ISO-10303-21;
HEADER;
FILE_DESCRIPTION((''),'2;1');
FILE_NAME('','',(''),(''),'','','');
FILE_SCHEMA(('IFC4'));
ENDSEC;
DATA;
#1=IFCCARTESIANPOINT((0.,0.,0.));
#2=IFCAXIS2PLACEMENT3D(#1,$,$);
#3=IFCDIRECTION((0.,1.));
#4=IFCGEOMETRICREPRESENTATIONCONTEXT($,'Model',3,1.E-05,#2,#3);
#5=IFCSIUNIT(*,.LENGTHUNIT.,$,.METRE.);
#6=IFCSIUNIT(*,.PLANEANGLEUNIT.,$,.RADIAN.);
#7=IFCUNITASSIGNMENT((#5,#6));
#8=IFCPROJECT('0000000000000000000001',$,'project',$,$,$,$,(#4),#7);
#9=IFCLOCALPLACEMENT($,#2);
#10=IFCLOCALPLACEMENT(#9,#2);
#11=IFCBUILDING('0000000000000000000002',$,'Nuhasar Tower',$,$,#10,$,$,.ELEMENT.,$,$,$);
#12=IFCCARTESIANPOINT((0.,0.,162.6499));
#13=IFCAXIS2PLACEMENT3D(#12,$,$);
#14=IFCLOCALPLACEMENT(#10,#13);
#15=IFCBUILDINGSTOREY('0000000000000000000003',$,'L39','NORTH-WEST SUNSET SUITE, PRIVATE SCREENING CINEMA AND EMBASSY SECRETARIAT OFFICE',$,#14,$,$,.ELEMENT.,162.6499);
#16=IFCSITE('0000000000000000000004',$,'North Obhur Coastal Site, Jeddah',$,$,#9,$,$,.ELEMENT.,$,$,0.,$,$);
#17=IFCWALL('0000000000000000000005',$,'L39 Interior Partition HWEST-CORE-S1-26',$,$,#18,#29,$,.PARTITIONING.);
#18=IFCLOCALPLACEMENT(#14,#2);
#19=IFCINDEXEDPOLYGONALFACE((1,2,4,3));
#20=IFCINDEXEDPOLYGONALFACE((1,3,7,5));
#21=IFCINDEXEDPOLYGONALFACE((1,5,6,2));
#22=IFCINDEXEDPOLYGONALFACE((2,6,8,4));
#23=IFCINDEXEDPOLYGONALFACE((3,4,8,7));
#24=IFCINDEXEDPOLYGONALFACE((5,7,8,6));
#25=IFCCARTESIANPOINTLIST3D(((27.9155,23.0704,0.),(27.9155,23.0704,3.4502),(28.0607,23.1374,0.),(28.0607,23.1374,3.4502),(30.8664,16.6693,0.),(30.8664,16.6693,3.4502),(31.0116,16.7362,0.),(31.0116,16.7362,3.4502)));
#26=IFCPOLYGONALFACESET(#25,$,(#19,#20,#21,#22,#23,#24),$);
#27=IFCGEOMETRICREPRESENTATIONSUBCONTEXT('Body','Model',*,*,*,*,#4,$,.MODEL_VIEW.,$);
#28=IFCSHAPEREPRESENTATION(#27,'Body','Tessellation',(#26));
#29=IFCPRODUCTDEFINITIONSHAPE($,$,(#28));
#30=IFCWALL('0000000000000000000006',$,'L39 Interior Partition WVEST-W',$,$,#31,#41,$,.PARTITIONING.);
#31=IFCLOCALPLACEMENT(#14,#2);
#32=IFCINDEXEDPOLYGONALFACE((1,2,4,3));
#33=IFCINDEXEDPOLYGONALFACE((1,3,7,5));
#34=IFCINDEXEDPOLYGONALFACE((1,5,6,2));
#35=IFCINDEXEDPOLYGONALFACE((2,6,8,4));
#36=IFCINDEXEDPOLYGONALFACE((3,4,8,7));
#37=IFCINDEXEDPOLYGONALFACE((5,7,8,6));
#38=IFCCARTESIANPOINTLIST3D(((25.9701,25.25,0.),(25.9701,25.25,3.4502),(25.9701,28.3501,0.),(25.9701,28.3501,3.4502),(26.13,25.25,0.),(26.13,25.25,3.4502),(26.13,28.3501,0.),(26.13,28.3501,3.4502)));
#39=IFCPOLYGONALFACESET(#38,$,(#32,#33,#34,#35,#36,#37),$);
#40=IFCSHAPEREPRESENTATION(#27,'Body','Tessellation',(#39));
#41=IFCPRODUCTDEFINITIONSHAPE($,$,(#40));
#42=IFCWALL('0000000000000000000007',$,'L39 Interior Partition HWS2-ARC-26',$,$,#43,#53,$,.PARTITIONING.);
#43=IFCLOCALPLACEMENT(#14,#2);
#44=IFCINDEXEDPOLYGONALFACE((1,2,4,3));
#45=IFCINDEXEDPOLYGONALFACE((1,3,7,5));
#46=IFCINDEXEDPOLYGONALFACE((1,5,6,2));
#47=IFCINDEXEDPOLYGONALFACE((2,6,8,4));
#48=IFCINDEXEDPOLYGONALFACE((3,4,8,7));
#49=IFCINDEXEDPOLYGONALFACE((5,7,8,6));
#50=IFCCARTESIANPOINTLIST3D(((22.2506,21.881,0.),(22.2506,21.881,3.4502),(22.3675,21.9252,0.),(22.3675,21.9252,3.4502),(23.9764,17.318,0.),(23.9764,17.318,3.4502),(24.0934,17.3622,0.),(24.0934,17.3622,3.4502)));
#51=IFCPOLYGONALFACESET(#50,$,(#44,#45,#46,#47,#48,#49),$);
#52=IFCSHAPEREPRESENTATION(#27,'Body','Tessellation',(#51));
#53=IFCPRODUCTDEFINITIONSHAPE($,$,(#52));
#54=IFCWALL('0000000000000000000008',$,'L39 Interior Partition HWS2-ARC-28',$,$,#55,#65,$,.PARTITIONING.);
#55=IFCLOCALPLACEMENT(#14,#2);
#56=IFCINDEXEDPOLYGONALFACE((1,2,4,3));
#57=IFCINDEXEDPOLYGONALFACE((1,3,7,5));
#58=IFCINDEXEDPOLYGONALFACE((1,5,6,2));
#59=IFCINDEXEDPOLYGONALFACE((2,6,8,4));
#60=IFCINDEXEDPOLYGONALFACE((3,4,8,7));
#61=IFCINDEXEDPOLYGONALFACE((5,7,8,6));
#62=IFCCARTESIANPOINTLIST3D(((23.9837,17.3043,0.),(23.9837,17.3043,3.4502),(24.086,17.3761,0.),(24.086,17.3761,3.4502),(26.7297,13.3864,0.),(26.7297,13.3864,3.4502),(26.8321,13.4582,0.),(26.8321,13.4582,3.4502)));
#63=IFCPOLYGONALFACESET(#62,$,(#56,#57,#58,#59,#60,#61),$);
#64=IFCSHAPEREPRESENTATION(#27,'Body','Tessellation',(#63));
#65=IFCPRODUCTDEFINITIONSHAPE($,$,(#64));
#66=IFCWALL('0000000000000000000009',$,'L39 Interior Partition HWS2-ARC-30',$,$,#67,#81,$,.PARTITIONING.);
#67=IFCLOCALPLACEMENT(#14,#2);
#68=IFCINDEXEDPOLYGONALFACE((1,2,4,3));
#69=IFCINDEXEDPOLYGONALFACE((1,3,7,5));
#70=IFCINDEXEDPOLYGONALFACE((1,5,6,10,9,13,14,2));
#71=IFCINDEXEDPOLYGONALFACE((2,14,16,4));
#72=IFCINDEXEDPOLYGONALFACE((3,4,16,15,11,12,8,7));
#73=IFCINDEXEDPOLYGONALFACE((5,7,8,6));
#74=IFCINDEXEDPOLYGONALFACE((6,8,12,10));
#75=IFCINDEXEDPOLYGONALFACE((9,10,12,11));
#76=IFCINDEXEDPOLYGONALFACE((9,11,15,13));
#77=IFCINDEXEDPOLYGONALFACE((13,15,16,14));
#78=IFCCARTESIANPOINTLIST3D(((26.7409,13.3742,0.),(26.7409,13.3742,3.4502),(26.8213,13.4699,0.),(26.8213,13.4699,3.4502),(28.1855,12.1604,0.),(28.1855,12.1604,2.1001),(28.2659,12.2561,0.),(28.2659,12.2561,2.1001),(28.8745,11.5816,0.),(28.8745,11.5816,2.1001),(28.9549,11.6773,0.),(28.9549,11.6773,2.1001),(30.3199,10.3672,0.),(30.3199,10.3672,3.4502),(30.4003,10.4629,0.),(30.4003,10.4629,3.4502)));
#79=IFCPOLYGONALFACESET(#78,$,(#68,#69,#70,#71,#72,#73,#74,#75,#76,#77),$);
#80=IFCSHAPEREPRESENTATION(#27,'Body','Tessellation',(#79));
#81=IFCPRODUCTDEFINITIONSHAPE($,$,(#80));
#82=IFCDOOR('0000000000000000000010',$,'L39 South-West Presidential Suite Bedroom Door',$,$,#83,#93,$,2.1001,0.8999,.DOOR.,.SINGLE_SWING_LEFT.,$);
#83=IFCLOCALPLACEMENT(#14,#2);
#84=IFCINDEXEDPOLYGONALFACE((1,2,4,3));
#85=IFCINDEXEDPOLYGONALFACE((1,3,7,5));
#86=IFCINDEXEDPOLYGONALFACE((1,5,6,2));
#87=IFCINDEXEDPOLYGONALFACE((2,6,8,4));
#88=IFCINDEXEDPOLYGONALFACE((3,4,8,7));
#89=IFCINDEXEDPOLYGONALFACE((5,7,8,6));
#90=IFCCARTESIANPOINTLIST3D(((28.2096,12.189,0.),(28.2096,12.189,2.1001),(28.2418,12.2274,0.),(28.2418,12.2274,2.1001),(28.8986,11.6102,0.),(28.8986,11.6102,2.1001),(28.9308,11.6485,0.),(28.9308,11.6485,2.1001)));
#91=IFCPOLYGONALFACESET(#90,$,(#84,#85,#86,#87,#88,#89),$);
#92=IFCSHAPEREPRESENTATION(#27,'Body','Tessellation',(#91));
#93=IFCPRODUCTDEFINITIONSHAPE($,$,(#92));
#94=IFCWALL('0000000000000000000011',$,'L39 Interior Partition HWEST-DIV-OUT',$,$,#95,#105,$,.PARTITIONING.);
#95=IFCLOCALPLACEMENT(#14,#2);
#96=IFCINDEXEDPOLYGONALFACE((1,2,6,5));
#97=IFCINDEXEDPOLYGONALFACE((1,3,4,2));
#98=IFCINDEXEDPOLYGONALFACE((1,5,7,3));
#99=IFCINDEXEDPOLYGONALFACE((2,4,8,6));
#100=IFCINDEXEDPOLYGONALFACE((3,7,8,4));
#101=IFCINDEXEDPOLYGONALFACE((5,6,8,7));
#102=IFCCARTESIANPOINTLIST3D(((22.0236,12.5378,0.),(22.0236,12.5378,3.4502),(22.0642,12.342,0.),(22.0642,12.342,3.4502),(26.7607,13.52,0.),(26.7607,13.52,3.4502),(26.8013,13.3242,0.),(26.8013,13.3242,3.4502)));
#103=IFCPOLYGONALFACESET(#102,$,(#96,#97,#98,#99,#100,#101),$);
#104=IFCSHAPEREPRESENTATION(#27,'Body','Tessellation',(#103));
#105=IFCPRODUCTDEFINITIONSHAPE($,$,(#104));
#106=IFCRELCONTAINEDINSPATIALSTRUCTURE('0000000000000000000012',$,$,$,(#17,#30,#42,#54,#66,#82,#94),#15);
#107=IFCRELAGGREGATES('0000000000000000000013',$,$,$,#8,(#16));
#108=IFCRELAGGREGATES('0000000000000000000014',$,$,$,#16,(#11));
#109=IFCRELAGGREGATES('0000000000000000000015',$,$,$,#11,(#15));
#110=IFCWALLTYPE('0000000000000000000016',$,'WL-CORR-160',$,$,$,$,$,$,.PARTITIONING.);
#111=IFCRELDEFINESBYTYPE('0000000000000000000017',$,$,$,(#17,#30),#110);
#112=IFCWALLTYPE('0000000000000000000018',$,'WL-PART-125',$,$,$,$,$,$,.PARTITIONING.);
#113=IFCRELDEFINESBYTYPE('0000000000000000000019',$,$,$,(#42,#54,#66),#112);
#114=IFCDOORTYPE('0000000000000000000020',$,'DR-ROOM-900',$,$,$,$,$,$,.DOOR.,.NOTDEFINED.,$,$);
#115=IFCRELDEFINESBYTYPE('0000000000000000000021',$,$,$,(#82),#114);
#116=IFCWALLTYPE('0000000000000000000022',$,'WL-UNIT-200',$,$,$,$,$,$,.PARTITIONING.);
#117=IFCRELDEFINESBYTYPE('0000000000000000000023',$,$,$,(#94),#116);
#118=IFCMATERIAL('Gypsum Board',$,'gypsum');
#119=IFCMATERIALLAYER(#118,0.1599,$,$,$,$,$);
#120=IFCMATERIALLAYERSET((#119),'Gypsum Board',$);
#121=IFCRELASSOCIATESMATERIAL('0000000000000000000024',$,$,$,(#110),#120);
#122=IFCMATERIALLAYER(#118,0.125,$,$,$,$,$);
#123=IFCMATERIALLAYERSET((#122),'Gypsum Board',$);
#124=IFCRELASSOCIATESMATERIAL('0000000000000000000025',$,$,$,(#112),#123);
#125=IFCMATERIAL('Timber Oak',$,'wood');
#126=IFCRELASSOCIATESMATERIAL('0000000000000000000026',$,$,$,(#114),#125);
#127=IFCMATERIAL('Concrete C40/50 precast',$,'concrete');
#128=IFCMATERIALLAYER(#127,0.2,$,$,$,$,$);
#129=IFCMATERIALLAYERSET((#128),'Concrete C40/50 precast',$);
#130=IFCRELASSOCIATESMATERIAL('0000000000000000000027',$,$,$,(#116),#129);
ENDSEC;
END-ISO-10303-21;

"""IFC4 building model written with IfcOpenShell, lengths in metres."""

from ifc_helpers import new_model, si_unit, direction, frame, frame_2d, origin, place, context, subcontext, project, spatial, rectangle, extrude, material, layer, layer_set, type_object, element, fill, save


model = new_model("IFC4")

# Units and contexts
model_context = context("Model", 3, precision=1e-05, world=origin(), true_north=direction((0.0, 1.0)))
body_context = subcontext(model_context, "Body", "Model", "MODEL_VIEW")
ifc_project = project(units=[si_unit("LENGTHUNIT", "METRE"), si_unit("PLANEANGLEUNIT", "RADIAN")], contexts=[model_context])

# Site, building, storey
site_placement = place(None, origin())
site = spatial("IfcSite", under=ifc_project, at=site_placement, Name="North Obhur Coastal Site, Jeddah", CompositionType="ELEMENT", RefElevation=0.0)
building_placement = place(site_placement, origin())
building = spatial("IfcBuilding", under=site, at=building_placement, Name="Nuhasar Tower", CompositionType="ELEMENT")
storey_placement = place(building_placement, frame((0.0, 0.0, 162.6499)))
storey = spatial("IfcBuildingStorey", under=building, at=storey_placement, Name="L39", Description="NORTH-WEST SUNSET SUITE, PRIVATE SCREENING CINEMA AND EMBASSY SECRETARIAT OFFICE", CompositionType="ELEMENT", Elevation=162.6499)

# Wall
ifc_material_1 = material(Name="Gypsum Board", Category="gypsum")
ifc_layer_1 = layer(ifc_material_1, 0.1599)
ifc_layer_set_1 = layer_set([ifc_layer_1], Name="Gypsum Board")
wall_type_1 = type_object("IfcWallType", Name="WL-CORR-160", PredefinedType="PARTITIONING", material=ifc_layer_set_1)
wall_1_placement = place(storey_placement, frame((27.988, 23.104, 0.0), z_axis=(0.0, 0.0, 1.0), x_axis=(0.418656, -0.908145, 0.0)))
element("IfcWall", 1, at=wall_1_placement, inside=storey, type_object=wall_type_1, Name="L39 Interior Partition HWEST-CORE-S1-26", PredefinedType="PARTITIONING", context=body_context, shape_type="SweptSolid", body=[
    extrude(rectangle(XDim=7.0486, YDim=0.1599, at=frame_2d((3.5244, 0.0))), origin(), (0.0, 0.0, 1.0), 3.4502),
])

# Shared definitions
ifc_material_2 = material(Name="Timber Oak", Category="wood")

# Walls
wall_2_placement = place(storey_placement, frame((26.05, 25.25, 0.0), z_axis=(0.0, 0.0, 1.0), x_axis=(0.0, 1.0, 0.0)))
element("IfcWall", 2, at=wall_2_placement, inside=storey, type_object=wall_type_1, Name="L39 Interior Partition WVEST-W", PredefinedType="PARTITIONING", context=body_context, shape_type="SweptSolid", body=[
    extrude(rectangle(XDim=3.1001, YDim=0.1599, at=frame_2d((1.55, 0.0))), origin(), (0.0, 0.0, 1.0), 3.4502),
])
ifc_layer_2 = layer(ifc_material_1, 0.125)
ifc_layer_set_2 = layer_set([ifc_layer_2], Name="Gypsum Board")
wall_type_2 = type_object("IfcWallType", Name="WL-PART-125", PredefinedType="PARTITIONING", material=ifc_layer_set_2)
wall_3_placement = place(storey_placement, frame((22.3091, 21.9031, 0.0), z_axis=(0.0, 0.0, 1.0), x_axis=(0.353765, -0.935334, 0.0)))
element("IfcWall", 3, at=wall_3_placement, inside=storey, type_object=wall_type_2, Name="L39 Interior Partition HWS2-ARC-26", PredefinedType="PARTITIONING", context=body_context, shape_type="SweptSolid", body=[
    extrude(rectangle(XDim=4.8784, YDim=0.125, at=frame_2d((2.4392, 0.0))), origin(), (0.0, 0.0, 1.0), 3.4502),
])
wall_4_placement = place(storey_placement, frame((24.0349, 17.3401, 0.0), z_axis=(0.0, 0.0, 1.0), x_axis=(0.573955, -0.818887, 0.0)))
element("IfcWall", 4, at=wall_4_placement, inside=storey, type_object=wall_type_2, Name="L39 Interior Partition HWS2-ARC-28", PredefinedType="PARTITIONING", context=body_context, shape_type="SweptSolid", body=[
    extrude(rectangle(XDim=4.7844, YDim=0.125, at=frame_2d((2.3921, 0.0))), origin(), (0.0, 0.0, 1.0), 3.4502),
])

# Wall, opening, door
wall_5_placement = place(storey_placement, frame((26.781, 13.4221, 0.0), z_axis=(0.0, 0.0, 1.0), x_axis=(0.765638, -0.643272, 0.0)))
wall_5 = element("IfcWall", 5, at=wall_5_placement, inside=storey, type_object=wall_type_2, Name="L39 Interior Partition HWS2-ARC-30", PredefinedType="PARTITIONING", context=body_context, shape_type="SweptSolid", body=[
    extrude(rectangle(XDim=4.6746, YDim=0.125, at=frame_2d((2.3374, 0.0))), origin(), (0.0, 0.0, 1.0), 3.4502),
])
opening_1_placement = place(wall_5_placement, frame((1.887, 0.0, 0.0)))
opening_1 = element("IfcOpeningElement", 6, at=opening_1_placement, cuts=wall_5, PredefinedType="OPENING", context=body_context, shape_type="SweptSolid", body=[
    extrude(rectangle(XDim=0.8999, YDim=2.1001, at=frame_2d((0.45, 1.05))), frame((0.0, 0.0725, 0.0), z_axis=(0.0, -1.0, 0.0), x_axis=(1.0, 0.0, 0.0)), (0.0, 0.0, 1.0), 0.145),
])
door_type_1 = type_object("IfcDoorType", Name="DR-ROOM-900", OperationType="NOTDEFINED", PredefinedType="DOOR", material=ifc_material_2)
door_1_placement = place(opening_1_placement, origin())
door_1 = element("IfcDoor", 7, at=door_1_placement, inside=storey, type_object=door_type_1, Name="L39 South-West Presidential Suite Bedroom Door", OperationType="SINGLE_SWING_LEFT", OverallHeight=2.1001, OverallWidth=0.8999, PredefinedType="DOOR", context=body_context, shape_type="SweptSolid", body=[
    extrude(rectangle(XDim=0.8999, YDim=2.1001, at=frame_2d((0.45, 1.05))), frame((0.0, 0.0249, 0.0), z_axis=(0.0, -1.0, 0.0), x_axis=(1.0, 0.0, 0.0)), (0.0, 0.0, 1.0), 0.05),
])
fill(opening_1, door_1)

# Wall
ifc_material_3 = material(Name="Concrete C40/50 precast", Category="concrete")
ifc_layer_3 = layer(ifc_material_3, 0.2)
ifc_layer_set_3 = layer_set([ifc_layer_3], Name="Concrete C40/50 precast")
wall_type_3 = type_object("IfcWallType", Name="WL-UNIT-200", PredefinedType="PARTITIONING", material=ifc_layer_set_3)
wall_6_placement = place(storey_placement, frame((26.781, 13.4221, 0.0), z_axis=(0.0, 0.0, 1.0), x_axis=(-0.979174, -0.203021, 0.0)))
element("IfcWall", 8, at=wall_6_placement, inside=storey, type_object=wall_type_3, Name="L39 Interior Partition HWEST-DIV-OUT", PredefinedType="PARTITIONING", context=body_context, shape_type="SweptSolid", body=[
    extrude(rectangle(XDim=4.8379, YDim=0.2, at=frame_2d((2.4189, 0.0))), origin(), (0.0, 0.0, 1.0), 3.4502),
])

save(model, "model.ifc")
